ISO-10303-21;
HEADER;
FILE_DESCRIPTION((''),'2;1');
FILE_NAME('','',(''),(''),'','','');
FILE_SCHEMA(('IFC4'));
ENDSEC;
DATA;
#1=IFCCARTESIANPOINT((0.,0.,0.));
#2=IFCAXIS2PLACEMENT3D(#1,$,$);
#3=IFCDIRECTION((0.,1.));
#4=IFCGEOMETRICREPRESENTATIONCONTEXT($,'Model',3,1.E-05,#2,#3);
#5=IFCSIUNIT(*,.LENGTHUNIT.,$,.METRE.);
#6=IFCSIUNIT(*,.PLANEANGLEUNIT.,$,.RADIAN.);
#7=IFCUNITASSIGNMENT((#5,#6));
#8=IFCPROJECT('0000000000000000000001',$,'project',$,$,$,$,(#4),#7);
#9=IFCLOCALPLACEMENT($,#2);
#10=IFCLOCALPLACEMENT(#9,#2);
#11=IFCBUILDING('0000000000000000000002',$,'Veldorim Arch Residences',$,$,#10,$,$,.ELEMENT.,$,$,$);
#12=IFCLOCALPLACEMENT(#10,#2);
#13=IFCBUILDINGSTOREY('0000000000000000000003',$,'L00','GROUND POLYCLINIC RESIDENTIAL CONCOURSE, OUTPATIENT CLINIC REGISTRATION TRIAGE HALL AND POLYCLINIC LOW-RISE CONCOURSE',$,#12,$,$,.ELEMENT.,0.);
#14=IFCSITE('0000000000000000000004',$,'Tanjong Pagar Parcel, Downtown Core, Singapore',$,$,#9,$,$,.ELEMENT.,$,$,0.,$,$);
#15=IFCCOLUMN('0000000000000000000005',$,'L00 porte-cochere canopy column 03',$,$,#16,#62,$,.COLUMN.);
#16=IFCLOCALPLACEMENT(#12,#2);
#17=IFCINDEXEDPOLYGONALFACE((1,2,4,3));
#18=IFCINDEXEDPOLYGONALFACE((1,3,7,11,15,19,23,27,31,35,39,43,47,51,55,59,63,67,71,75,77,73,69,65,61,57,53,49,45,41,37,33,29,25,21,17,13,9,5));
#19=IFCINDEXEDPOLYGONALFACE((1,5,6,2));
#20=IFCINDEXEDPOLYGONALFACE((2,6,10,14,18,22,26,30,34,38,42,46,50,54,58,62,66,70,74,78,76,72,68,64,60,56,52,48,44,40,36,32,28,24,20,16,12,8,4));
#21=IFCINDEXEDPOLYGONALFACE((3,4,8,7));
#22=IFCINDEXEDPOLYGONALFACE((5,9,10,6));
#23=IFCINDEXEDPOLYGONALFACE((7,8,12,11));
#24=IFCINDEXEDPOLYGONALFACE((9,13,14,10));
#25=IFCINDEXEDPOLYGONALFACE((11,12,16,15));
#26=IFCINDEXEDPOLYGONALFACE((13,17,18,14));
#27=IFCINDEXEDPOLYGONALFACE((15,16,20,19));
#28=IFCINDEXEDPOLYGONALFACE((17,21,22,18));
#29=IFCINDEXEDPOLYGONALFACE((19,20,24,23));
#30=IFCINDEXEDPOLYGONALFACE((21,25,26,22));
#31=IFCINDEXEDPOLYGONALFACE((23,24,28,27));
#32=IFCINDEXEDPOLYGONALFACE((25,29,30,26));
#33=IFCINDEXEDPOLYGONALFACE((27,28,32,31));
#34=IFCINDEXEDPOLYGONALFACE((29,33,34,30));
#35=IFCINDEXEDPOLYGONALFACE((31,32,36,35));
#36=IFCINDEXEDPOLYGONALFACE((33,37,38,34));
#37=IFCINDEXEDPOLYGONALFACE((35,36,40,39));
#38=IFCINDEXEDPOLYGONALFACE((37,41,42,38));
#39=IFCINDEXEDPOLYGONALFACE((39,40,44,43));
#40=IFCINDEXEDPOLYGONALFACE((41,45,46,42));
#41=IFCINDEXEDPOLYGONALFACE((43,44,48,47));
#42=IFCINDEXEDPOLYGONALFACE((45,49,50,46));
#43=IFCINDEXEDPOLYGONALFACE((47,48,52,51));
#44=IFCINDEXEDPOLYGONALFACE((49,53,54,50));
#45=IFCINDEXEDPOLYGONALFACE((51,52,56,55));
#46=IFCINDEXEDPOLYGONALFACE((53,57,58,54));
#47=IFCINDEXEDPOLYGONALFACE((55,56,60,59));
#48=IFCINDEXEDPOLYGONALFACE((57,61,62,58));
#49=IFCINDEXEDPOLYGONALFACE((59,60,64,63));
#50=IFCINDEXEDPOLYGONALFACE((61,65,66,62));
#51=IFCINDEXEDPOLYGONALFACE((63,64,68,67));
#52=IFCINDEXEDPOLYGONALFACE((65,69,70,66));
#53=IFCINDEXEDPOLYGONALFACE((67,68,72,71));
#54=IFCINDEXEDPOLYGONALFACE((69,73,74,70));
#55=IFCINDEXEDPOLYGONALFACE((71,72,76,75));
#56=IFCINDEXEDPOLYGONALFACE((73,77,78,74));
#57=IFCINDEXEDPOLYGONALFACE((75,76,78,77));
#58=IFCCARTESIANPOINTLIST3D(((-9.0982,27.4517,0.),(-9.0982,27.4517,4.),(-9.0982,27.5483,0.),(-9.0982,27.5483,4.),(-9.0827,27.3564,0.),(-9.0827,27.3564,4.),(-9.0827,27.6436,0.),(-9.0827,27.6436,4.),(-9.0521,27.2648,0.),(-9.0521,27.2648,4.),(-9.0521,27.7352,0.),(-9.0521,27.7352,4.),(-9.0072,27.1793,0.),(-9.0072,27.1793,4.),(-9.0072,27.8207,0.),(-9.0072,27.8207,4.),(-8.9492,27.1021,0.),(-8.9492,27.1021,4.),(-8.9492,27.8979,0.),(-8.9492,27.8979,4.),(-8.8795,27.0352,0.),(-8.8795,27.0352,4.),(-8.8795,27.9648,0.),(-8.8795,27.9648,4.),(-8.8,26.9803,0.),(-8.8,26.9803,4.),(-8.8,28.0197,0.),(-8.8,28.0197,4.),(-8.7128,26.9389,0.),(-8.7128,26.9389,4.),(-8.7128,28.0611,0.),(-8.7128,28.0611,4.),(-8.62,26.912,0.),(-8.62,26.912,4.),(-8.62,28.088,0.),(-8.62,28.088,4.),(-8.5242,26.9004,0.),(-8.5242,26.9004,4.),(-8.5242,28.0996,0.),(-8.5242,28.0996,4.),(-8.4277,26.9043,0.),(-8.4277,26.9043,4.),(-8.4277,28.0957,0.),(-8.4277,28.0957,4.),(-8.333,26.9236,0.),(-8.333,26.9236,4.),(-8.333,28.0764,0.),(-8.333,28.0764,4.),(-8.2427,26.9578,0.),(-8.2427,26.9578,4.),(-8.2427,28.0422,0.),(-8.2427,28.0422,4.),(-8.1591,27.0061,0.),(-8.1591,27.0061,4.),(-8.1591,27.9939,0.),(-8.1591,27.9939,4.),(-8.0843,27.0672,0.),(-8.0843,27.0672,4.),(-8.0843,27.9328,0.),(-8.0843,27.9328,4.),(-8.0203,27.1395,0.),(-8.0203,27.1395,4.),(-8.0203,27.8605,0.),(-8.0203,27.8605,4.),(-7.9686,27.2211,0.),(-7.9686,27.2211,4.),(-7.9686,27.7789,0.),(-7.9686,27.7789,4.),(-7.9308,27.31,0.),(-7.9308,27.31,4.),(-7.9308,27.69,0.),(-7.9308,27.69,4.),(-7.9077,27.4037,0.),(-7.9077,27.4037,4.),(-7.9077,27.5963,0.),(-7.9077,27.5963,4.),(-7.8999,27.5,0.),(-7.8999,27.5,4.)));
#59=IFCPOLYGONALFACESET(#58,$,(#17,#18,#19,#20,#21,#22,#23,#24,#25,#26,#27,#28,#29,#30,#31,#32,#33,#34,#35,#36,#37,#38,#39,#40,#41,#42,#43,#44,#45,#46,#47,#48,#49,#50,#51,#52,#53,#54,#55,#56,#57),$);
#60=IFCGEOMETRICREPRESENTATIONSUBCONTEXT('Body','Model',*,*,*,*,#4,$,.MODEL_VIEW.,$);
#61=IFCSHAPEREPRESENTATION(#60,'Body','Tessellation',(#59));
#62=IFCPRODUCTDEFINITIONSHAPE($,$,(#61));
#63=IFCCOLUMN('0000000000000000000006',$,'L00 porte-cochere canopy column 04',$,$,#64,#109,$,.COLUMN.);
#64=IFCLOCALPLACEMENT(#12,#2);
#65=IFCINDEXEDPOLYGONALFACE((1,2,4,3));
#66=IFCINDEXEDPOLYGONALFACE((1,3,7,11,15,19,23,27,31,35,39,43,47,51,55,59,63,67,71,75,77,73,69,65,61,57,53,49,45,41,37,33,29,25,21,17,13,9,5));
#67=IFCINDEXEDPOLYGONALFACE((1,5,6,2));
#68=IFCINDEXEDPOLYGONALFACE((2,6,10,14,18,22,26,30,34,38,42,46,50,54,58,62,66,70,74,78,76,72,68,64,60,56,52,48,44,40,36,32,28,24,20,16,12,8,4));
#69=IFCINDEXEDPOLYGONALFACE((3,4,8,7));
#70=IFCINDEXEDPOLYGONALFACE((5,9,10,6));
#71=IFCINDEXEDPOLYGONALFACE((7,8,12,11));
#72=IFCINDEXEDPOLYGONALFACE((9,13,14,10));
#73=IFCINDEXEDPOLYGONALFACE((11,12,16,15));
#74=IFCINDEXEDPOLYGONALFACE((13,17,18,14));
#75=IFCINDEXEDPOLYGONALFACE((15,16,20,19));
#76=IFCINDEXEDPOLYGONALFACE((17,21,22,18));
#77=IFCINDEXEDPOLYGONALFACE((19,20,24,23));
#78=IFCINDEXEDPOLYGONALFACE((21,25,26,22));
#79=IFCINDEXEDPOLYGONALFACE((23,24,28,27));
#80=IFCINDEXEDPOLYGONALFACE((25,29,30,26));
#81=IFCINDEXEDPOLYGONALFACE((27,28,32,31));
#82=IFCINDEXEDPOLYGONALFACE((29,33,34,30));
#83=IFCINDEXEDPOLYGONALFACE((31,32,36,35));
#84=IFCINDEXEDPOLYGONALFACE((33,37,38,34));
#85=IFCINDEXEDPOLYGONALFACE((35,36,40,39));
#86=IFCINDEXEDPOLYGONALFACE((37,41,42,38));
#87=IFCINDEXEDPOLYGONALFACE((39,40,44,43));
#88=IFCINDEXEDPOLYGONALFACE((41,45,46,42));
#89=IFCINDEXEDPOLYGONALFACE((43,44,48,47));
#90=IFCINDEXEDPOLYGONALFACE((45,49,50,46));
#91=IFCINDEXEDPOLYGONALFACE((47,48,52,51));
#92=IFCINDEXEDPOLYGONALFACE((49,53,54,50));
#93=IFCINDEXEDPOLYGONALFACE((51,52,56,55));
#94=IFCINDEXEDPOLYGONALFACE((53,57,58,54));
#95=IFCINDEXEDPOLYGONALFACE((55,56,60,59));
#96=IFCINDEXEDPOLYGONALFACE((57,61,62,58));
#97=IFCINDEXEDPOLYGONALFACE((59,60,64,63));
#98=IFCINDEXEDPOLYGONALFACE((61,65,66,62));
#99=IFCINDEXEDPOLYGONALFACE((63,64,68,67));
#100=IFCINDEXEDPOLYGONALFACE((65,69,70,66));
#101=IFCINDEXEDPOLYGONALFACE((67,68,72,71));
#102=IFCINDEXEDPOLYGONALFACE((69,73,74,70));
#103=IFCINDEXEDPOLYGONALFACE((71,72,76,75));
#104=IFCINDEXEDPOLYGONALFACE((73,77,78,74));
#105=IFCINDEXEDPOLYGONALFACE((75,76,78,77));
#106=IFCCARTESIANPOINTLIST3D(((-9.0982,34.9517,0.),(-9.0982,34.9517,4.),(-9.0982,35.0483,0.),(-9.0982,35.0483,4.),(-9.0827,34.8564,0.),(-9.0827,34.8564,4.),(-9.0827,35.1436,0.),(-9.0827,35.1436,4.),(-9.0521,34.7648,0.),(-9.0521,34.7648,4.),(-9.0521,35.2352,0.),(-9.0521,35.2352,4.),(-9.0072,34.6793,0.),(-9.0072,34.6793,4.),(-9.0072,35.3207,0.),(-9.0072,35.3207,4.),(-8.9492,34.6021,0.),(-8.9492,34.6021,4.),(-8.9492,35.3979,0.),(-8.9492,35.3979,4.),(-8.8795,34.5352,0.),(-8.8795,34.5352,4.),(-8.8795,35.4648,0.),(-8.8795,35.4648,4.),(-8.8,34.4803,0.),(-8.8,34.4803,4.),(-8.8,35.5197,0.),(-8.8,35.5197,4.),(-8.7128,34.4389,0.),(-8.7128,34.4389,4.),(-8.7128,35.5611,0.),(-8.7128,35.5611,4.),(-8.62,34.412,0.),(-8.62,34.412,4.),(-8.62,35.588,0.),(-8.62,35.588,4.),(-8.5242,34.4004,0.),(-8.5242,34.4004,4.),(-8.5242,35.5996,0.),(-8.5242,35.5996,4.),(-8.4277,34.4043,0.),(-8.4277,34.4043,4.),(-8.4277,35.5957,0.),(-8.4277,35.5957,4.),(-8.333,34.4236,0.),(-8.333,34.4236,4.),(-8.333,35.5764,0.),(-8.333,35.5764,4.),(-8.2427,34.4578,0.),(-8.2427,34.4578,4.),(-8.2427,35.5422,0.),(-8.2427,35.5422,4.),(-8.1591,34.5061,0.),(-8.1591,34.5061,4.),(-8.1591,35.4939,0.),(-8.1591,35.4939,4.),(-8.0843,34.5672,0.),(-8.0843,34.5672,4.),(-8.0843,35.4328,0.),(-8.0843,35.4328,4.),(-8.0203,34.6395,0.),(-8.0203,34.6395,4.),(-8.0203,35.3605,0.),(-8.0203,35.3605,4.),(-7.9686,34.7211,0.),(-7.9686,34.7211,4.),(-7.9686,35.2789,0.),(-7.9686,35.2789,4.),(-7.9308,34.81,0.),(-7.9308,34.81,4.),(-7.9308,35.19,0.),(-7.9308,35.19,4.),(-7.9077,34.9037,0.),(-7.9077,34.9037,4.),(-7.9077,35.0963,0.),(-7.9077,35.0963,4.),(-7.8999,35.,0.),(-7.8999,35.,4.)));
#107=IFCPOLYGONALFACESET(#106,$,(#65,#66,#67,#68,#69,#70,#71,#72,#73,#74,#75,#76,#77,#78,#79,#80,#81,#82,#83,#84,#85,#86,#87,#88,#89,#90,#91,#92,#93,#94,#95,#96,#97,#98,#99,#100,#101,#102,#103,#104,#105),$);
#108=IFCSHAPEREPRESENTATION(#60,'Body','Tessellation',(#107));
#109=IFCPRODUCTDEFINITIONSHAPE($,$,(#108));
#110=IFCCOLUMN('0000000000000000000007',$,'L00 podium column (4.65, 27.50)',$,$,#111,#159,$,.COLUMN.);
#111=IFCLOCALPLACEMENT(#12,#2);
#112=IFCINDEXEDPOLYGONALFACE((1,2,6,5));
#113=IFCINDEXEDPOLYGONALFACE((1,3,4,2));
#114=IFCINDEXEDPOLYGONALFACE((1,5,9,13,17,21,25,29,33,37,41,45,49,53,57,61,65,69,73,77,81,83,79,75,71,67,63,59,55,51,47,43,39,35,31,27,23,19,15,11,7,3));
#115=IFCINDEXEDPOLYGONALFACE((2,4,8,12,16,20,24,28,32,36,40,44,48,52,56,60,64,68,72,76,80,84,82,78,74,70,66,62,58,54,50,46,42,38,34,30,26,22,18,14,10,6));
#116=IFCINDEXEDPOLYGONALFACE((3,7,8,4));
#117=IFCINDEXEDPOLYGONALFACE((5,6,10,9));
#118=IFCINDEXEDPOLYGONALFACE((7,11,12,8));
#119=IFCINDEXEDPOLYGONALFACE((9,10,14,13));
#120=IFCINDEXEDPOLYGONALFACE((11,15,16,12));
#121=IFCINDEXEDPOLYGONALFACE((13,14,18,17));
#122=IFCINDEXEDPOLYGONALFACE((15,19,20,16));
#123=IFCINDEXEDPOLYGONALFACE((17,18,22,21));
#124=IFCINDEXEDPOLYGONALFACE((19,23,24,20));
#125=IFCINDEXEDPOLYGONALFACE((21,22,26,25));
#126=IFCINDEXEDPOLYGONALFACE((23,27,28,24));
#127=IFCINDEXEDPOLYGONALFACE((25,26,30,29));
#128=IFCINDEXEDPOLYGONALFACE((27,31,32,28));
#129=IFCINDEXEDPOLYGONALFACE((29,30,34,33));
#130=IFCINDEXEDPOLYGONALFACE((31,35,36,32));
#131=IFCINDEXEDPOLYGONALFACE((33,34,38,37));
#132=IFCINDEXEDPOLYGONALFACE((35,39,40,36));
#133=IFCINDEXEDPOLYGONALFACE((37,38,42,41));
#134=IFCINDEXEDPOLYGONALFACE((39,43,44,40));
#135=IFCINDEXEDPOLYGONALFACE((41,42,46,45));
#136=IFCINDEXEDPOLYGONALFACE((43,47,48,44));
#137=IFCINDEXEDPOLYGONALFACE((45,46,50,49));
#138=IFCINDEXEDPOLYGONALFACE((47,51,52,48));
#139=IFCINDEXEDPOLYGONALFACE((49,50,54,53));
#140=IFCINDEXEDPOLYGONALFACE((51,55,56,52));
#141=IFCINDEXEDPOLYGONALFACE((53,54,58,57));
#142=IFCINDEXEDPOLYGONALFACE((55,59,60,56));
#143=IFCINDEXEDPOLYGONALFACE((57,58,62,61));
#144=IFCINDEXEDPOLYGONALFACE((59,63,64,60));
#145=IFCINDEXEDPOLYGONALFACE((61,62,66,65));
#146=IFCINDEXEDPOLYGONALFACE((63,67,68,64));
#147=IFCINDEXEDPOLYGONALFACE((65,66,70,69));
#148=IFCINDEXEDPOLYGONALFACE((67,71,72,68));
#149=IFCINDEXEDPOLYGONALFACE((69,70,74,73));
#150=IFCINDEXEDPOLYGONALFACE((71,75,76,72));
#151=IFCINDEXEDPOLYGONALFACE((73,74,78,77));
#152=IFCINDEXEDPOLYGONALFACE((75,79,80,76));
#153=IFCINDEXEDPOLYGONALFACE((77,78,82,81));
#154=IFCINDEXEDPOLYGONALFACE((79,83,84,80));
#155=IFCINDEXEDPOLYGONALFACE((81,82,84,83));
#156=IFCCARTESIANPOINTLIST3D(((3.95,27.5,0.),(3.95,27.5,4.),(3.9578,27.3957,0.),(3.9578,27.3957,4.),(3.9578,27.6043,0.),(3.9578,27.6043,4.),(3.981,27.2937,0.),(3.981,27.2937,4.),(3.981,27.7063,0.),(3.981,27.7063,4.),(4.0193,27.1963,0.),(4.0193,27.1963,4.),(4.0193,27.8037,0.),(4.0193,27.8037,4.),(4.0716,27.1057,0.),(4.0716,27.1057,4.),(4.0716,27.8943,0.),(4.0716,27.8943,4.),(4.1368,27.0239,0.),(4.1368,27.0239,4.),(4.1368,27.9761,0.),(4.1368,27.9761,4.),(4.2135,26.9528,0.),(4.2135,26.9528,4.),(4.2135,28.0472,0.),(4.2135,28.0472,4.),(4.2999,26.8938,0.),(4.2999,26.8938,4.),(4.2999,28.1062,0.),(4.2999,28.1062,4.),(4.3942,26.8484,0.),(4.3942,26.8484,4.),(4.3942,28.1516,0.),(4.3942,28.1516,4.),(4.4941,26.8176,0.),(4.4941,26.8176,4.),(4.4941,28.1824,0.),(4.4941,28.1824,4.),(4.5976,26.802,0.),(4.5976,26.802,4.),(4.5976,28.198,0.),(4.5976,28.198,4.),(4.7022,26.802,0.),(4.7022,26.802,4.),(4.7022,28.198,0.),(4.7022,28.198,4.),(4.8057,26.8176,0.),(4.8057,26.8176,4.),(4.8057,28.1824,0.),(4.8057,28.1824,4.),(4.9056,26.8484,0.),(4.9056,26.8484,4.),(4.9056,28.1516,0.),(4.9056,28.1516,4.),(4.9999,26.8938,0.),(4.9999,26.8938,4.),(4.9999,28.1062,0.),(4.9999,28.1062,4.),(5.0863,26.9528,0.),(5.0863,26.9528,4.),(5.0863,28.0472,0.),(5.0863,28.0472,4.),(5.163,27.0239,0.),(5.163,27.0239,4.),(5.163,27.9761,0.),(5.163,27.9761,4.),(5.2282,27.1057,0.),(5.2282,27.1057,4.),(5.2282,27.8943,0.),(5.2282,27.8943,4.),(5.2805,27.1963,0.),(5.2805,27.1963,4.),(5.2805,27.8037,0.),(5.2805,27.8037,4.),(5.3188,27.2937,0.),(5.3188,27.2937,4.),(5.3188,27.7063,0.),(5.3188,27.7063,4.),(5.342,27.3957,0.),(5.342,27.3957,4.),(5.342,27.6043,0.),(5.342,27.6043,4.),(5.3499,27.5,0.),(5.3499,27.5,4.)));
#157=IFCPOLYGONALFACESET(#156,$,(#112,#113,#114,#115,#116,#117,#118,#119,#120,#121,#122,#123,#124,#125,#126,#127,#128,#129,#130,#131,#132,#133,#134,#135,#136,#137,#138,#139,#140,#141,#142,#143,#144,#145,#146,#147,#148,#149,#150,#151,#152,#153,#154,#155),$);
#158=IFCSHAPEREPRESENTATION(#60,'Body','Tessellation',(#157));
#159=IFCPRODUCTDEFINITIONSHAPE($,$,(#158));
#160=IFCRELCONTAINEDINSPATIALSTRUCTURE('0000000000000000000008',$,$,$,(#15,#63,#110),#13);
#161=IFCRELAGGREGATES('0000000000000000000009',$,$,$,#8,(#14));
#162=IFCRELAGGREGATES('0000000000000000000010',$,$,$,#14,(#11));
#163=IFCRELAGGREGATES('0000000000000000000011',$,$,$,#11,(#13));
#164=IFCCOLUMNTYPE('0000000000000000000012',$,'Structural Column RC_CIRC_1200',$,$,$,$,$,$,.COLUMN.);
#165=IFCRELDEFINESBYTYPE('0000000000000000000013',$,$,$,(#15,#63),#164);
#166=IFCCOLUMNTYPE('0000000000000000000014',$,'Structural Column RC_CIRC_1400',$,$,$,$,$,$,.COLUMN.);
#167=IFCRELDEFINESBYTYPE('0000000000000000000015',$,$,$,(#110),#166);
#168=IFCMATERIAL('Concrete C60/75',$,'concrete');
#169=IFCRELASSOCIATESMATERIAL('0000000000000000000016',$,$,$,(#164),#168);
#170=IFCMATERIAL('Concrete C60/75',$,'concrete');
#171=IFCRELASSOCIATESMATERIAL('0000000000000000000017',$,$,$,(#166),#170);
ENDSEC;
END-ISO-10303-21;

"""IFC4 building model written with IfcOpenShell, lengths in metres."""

from ifc_helpers import new_model, si_unit, direction, frame, origin, origin_2d, place, context, subcontext, project, spatial, circle, extrude, material, material_profile, profile_set, type_object, element, save


model = new_model("IFC4")

# Units and contexts
model_context = context("Model", 3, precision=1e-05, world=origin(), true_north=direction((0.0, 1.0)))
body_context = subcontext(model_context, "Body", "Model", "MODEL_VIEW")
ifc_project = project(units=[si_unit("LENGTHUNIT", "METRE"), si_unit("PLANEANGLEUNIT", "RADIAN")], contexts=[model_context])

# Site, building, storey
site_placement = place(None, origin())
site = spatial("IfcSite", under=ifc_project, at=site_placement, Name="Tanjong Pagar Parcel, Downtown Core, Singapore", CompositionType="ELEMENT", RefElevation=0.0)
building_placement = place(site_placement, origin())
building = spatial("IfcBuilding", under=site, at=building_placement, Name="Veldorim Arch Residences", CompositionType="ELEMENT")
storey_placement = place(building_placement, origin())
storey = spatial("IfcBuildingStorey", under=building, at=storey_placement, Name="L00", Description="GROUND POLYCLINIC RESIDENTIAL CONCOURSE, OUTPATIENT CLINIC REGISTRATION TRIAGE HALL AND POLYCLINIC LOW-RISE CONCOURSE", CompositionType="ELEMENT", Elevation=0.0)

# Columns
ifc_material_1 = material(Name="Concrete C60/75", Category="concrete")
ifc_material_profile_1 = material_profile(ifc_material_1, circle(Radius=0.6001, at=origin_2d()), Name="RC_CIRC_1200")
ifc_profile_set_1 = profile_set([ifc_material_profile_1], Name="Concrete C60/75")
column_type_1 = type_object("IfcColumnType", Name="Structural Column RC_CIRC_1200", PredefinedType="COLUMN", material=ifc_profile_set_1)
for number, where, z_axis, x_axis, name in (
    (1, (-8.5, 27.5, 0.0), (0.0, 0.0, 1.0), (1.0, 0.0, 0.0), "L00 porte-cochere canopy column 03"),
    (2, (-8.5, 35.0, 0.0), (0.0, 0.0, 1.0), (1.0, 0.0, 0.0), "L00 porte-cochere canopy column 04"),
):
    element("IfcColumn", number, at=place(storey_placement, frame(where, z_axis=z_axis, x_axis=x_axis)), inside=storey, type_object=column_type_1, Name=name, PredefinedType="COLUMN", context=body_context, shape_type="SweptSolid", body=[
        extrude(circle(Radius=0.6001, at=origin_2d()), origin(), (0.0, 0.0, 1.0), 4.0),
    ])
ifc_material_2 = material(Name="Concrete C60/75", Category="concrete")
ifc_material_profile_2 = material_profile(ifc_material_2, circle(Radius=0.7, at=origin_2d()), Name="RC_CIRC_1400")
ifc_profile_set_2 = profile_set([ifc_material_profile_2], Name="Concrete C60/75")
column_type_2 = type_object("IfcColumnType", Name="Structural Column RC_CIRC_1400", PredefinedType="COLUMN", material=ifc_profile_set_2)
for number, where, z_axis, x_axis, name in (
    (3, (4.6499, 27.5, 0.0), (0.0, 0.0, 1.0), (1.0, 0.0, 0.0), "L00 podium column (4.65, 27.50)"),
):
    element("IfcColumn", number, at=place(storey_placement, frame(where, z_axis=z_axis, x_axis=x_axis)), inside=storey, type_object=column_type_2, Name=name, PredefinedType="COLUMN", context=body_context, shape_type="SweptSolid", body=[
        extrude(circle(Radius=0.7, at=origin_2d()), origin(), (0.0, 0.0, 1.0), 4.0),
    ])

save(model, "model.ifc")
